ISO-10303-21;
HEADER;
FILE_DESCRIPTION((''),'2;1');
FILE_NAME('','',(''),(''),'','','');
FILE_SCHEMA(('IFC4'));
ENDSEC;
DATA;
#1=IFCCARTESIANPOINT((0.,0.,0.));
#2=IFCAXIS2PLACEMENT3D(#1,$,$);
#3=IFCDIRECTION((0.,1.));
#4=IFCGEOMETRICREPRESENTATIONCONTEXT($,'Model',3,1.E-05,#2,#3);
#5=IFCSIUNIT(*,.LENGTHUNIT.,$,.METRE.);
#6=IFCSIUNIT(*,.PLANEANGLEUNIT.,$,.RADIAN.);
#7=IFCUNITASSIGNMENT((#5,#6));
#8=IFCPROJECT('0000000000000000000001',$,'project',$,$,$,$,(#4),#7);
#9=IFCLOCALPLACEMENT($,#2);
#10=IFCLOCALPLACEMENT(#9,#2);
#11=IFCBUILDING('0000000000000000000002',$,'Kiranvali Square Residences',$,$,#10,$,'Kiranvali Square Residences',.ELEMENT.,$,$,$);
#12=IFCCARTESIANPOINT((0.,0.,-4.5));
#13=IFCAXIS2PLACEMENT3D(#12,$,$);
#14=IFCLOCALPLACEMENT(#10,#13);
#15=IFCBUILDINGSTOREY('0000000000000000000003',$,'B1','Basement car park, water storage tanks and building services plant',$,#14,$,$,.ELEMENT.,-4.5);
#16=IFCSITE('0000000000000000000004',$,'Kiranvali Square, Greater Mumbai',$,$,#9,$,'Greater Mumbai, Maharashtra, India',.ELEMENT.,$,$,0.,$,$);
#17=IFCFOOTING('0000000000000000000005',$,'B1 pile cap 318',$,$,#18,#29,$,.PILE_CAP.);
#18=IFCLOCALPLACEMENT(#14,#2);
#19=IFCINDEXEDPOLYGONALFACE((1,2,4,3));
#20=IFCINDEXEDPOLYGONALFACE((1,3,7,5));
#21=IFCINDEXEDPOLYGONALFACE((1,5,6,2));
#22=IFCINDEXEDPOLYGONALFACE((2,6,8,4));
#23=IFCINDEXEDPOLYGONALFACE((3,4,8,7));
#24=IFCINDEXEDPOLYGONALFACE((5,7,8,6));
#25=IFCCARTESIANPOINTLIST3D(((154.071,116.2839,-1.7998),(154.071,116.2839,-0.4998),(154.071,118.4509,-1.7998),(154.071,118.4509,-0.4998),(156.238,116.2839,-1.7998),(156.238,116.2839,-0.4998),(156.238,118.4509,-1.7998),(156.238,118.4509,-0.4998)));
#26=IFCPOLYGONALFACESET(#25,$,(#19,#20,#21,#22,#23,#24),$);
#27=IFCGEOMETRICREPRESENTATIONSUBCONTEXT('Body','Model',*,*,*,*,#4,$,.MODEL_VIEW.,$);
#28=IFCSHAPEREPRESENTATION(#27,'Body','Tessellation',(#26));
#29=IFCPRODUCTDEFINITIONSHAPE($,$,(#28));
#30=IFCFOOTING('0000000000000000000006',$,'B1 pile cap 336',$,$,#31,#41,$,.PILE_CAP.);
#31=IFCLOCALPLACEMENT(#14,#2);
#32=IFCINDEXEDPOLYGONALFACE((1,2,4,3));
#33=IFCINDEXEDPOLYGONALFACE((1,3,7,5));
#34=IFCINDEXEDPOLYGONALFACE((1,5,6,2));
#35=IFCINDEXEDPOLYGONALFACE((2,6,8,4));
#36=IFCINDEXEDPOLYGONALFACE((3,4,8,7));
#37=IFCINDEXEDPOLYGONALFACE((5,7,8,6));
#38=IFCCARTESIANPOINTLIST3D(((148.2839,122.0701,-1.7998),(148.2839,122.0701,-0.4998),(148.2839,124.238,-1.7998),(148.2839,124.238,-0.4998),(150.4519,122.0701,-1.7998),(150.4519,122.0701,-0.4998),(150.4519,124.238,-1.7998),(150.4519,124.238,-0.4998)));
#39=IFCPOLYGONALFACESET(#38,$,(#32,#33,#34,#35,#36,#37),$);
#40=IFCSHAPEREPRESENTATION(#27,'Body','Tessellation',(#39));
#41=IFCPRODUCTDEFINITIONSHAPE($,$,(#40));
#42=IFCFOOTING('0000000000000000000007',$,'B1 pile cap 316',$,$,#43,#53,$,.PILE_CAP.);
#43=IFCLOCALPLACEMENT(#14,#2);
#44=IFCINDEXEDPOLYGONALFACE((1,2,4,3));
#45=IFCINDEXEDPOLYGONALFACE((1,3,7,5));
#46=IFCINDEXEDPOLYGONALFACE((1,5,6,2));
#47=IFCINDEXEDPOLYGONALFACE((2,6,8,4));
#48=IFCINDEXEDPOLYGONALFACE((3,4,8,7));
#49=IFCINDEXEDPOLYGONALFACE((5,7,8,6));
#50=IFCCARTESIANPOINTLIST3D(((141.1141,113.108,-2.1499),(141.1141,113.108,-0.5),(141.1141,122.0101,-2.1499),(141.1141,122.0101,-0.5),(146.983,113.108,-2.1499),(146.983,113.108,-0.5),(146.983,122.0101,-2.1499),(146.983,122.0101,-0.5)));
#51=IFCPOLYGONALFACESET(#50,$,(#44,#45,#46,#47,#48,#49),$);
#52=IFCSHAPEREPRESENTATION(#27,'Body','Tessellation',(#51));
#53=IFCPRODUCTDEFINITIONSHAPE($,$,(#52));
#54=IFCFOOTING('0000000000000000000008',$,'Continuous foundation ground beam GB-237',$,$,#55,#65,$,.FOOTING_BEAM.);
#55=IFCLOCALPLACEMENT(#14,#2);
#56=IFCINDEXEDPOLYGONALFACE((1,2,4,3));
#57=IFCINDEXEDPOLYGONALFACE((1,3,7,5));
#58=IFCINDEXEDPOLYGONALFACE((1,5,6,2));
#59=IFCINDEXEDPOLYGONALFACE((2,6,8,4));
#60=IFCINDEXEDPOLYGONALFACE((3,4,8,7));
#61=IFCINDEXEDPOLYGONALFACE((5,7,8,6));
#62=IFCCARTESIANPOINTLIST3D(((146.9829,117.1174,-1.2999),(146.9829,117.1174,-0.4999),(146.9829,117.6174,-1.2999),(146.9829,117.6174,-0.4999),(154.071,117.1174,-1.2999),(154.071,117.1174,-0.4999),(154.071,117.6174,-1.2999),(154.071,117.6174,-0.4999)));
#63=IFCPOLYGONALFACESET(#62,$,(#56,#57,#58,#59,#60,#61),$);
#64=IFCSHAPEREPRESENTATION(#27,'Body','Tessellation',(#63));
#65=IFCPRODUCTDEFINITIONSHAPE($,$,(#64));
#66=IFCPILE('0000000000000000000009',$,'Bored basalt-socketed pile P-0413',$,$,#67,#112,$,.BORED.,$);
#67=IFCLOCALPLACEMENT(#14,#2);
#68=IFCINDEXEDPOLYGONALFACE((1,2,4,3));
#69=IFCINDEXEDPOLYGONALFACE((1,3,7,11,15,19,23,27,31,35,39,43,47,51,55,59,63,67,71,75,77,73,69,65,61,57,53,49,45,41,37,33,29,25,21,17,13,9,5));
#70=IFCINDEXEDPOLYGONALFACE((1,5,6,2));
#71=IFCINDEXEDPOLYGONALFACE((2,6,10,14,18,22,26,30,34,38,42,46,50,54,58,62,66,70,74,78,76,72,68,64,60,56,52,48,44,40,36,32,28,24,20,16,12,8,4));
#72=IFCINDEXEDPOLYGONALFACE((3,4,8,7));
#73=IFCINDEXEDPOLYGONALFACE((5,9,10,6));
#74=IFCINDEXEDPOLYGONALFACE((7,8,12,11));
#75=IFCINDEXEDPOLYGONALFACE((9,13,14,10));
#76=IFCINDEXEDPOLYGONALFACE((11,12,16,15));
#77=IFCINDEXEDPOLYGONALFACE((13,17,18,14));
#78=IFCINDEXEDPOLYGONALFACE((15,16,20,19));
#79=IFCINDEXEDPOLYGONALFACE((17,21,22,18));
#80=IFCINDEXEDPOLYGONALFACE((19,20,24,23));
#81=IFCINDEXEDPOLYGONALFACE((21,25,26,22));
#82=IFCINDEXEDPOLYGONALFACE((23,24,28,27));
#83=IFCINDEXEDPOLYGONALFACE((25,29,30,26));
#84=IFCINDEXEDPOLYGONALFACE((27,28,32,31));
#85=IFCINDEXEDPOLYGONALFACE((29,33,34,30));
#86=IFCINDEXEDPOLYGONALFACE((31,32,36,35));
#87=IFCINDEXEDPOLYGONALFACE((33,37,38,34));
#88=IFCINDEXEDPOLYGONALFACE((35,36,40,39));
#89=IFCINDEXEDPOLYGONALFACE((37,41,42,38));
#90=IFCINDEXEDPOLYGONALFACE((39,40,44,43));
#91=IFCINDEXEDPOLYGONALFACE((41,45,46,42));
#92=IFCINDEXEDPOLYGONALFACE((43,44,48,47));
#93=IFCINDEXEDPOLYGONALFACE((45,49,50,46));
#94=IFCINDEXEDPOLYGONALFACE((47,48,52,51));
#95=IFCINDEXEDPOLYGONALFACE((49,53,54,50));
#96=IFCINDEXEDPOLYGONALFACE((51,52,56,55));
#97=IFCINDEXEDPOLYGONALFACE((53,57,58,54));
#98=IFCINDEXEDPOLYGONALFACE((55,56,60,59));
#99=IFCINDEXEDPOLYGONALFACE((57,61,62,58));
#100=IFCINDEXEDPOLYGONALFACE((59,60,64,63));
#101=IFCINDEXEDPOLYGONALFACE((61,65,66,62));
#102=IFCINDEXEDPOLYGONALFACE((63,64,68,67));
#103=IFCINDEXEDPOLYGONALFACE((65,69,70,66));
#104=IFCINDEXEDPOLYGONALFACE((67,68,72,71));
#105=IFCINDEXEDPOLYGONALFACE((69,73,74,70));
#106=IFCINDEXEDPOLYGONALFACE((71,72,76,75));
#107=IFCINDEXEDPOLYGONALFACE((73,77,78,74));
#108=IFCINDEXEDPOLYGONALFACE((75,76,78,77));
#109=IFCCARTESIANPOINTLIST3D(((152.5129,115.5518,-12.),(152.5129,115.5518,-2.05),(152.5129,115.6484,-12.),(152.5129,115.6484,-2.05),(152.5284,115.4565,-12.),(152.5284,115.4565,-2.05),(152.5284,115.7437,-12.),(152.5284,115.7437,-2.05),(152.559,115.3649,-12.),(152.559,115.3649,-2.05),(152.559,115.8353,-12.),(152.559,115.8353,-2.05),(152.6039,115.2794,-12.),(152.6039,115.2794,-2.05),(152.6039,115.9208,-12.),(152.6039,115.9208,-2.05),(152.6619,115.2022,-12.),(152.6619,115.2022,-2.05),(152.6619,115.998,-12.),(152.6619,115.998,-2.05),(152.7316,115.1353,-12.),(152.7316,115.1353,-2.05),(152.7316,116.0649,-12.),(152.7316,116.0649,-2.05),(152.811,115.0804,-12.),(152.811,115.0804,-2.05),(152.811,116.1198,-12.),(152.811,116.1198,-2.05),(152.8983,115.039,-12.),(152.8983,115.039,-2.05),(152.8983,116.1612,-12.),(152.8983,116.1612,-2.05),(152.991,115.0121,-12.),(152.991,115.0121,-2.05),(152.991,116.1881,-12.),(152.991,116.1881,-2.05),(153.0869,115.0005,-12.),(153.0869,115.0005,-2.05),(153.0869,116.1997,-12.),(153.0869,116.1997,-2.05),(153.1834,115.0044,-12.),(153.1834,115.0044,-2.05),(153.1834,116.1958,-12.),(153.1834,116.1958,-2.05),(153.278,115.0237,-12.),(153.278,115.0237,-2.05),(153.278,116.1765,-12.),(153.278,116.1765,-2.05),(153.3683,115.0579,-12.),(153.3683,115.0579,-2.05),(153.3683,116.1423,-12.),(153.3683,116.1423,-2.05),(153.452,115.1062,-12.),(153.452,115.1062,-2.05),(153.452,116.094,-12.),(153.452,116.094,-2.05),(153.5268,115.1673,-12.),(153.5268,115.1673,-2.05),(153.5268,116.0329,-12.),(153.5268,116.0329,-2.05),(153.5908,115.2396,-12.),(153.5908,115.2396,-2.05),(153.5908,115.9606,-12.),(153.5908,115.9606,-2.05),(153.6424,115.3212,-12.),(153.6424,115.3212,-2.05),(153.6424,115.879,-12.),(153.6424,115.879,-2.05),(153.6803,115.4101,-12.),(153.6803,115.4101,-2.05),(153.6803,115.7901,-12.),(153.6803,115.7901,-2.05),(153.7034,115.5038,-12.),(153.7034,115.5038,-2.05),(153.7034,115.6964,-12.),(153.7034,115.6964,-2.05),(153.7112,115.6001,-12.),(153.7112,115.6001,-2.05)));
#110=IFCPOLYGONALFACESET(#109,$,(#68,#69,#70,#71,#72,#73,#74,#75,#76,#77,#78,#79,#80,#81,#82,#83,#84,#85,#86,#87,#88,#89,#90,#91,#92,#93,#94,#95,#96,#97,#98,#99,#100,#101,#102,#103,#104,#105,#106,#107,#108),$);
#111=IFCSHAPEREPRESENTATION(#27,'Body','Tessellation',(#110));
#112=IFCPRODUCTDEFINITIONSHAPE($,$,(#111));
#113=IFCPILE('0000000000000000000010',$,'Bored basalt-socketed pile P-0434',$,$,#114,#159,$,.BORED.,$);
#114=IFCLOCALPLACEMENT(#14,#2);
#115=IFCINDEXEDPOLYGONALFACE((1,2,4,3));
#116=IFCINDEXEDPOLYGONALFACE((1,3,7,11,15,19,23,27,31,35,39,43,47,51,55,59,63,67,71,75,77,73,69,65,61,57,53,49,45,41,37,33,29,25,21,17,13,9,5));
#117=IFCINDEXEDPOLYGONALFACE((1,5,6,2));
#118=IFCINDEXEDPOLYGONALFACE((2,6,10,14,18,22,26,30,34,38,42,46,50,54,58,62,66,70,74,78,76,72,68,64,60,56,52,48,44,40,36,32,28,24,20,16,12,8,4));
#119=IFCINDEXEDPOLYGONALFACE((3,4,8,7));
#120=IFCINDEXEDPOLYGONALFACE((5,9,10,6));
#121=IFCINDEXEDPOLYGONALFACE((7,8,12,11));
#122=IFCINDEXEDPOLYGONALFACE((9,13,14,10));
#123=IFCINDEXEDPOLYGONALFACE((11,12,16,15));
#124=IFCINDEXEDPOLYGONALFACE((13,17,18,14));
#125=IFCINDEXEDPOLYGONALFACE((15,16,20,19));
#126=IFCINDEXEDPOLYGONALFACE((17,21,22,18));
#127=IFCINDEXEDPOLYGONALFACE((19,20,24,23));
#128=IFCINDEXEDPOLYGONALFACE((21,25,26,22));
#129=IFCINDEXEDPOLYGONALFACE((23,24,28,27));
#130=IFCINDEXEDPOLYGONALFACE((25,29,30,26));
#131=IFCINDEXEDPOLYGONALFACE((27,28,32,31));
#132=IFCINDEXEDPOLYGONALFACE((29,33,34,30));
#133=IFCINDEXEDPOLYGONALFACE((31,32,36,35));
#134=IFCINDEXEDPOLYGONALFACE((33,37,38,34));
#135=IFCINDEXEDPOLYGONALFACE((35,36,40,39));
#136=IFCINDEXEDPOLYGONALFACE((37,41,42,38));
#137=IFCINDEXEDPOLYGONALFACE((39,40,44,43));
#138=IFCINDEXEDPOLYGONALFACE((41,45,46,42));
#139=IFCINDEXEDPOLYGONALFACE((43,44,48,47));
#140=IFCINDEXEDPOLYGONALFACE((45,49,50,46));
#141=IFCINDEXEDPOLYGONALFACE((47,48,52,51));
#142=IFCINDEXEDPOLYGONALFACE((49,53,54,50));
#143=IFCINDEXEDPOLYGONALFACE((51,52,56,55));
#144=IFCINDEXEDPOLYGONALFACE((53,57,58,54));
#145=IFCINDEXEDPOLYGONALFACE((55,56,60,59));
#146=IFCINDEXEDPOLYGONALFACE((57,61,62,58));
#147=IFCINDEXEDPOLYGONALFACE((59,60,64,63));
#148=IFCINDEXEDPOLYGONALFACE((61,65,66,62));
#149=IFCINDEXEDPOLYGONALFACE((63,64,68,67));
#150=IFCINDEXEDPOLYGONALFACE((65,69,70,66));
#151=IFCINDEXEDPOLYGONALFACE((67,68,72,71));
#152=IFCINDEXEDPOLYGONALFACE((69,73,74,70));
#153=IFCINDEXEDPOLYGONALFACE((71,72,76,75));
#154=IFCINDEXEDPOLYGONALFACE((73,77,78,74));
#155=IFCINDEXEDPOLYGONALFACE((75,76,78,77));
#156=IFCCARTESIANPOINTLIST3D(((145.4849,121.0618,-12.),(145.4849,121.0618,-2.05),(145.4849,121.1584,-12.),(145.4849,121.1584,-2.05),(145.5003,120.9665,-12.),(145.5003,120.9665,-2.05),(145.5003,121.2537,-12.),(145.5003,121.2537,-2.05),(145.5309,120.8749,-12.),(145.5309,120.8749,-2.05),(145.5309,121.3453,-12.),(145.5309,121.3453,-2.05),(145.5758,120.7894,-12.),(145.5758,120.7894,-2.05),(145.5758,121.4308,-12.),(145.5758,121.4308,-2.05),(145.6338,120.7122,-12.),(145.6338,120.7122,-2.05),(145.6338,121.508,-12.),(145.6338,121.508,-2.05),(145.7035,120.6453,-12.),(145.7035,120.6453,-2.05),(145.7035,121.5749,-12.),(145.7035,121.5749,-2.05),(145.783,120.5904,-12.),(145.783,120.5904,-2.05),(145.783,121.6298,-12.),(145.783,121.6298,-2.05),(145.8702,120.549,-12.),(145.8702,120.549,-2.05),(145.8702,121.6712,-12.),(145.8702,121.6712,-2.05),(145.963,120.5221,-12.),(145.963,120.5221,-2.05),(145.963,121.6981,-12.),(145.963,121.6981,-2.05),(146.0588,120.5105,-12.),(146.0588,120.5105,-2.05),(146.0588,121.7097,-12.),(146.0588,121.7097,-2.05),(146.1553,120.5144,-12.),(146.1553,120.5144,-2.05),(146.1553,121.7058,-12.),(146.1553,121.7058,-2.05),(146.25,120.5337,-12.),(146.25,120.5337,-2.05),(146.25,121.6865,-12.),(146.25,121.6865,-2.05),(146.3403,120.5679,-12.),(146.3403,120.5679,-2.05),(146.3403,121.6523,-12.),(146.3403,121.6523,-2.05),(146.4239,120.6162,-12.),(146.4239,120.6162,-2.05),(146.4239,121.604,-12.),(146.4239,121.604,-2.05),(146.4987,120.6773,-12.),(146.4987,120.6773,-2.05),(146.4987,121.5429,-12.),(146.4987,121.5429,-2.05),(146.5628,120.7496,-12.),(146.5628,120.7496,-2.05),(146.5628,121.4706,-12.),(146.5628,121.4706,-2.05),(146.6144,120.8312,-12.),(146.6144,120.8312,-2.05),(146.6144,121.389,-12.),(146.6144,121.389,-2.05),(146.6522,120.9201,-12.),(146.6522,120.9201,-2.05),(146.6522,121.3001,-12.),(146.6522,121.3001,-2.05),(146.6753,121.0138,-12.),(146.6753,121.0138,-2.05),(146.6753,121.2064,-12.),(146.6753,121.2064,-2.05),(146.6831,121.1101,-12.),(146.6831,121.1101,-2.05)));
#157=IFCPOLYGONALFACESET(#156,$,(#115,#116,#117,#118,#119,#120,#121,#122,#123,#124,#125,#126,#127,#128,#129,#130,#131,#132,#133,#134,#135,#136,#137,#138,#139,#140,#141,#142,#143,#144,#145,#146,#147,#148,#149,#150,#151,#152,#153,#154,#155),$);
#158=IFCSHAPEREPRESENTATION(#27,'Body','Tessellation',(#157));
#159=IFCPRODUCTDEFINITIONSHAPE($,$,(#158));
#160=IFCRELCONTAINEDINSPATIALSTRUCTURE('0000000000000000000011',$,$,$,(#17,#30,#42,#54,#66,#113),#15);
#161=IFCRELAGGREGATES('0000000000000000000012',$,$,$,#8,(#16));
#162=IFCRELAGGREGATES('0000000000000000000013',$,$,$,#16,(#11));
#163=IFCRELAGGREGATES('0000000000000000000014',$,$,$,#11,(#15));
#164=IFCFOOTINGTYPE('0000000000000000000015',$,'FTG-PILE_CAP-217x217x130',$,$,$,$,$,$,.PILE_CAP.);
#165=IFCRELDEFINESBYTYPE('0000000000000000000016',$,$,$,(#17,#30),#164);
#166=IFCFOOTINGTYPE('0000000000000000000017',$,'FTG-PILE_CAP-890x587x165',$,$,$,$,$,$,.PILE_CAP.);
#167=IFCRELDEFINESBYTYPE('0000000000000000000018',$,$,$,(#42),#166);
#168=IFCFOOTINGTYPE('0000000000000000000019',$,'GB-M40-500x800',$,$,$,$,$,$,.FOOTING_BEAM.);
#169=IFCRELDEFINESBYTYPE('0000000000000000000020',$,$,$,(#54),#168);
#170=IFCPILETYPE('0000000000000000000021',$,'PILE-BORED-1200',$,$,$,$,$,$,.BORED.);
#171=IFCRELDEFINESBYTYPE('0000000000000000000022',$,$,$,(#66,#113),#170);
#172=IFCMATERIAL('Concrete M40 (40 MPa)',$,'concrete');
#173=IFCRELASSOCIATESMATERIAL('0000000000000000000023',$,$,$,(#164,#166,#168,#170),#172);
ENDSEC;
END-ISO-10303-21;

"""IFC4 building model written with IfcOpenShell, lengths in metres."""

from ifc_helpers import new_model, si_unit, direction, frame, origin, origin_2d, place, context, subcontext, project, spatial, rectangle, circle, extrude, material, material_profile, profile_set, type_object, element, save


model = new_model("IFC4")

# Units and contexts
model_context = context("Model", 3, precision=1e-05, world=origin(), true_north=direction((0.0, 1.0)))
body_context = subcontext(model_context, "Body", "Model", "MODEL_VIEW")
ifc_project = project(units=[si_unit("LENGTHUNIT", "METRE"), si_unit("PLANEANGLEUNIT", "RADIAN")], contexts=[model_context])

# Site, building, storey
site_placement = place(None, origin())
site = spatial("IfcSite", under=ifc_project, at=site_placement, Name="Kiranvali Square, Greater Mumbai", LongName="Greater Mumbai, Maharashtra, India", CompositionType="ELEMENT", RefElevation=0.0)
building_placement = place(site_placement, origin())
building = spatial("IfcBuilding", under=site, at=building_placement, Name="Kiranvali Square Residences", LongName="Kiranvali Square Residences", CompositionType="ELEMENT")
storey_placement = place(building_placement, frame((0.0, 0.0, -4.5)))
storey = spatial("IfcBuildingStorey", under=building, at=storey_placement, Name="B1", Description="Basement car park, water storage tanks and building services plant", CompositionType="ELEMENT", Elevation=-4.5)

# Footings
ifc_material_1 = material(Name="Concrete M40 (40 MPa)", Category="concrete")
footing_type_1 = type_object("IfcFootingType", Name="FTG-PILE_CAP-217x217x130", PredefinedType="PILE_CAP", material=ifc_material_1)
footing_1_placement = place(storey_placement, frame((155.1545, 117.3674, -1.7998), z_axis=(0.0, 0.0, 1.0), x_axis=(1.0, 0.0, 0.0)))
element("IfcFooting", 1, at=footing_1_placement, inside=storey, type_object=footing_type_1, Name="B1 pile cap 318", PredefinedType="PILE_CAP", context=body_context, shape_type="SweptSolid", body=[
    extrude(rectangle(XDim=2.167, YDim=2.167, at=origin_2d()), origin(), (0.0, 0.0, 1.0), 1.3),
])
footing_2_placement = place(storey_placement, frame((149.3679, 123.1541, -1.7998), z_axis=(0.0, 0.0, 1.0), x_axis=(1.0, 0.0, 0.0)))
element("IfcFooting", 2, at=footing_2_placement, inside=storey, type_object=footing_type_1, Name="B1 pile cap 336", PredefinedType="PILE_CAP", context=body_context, shape_type="SweptSolid", body=[
    extrude(rectangle(XDim=2.168, YDim=2.168, at=origin_2d()), origin(), (0.0, 0.0, 1.0), 1.3),
])
footing_type_2 = type_object("IfcFootingType", Name="FTG-PILE_CAP-890x587x165", PredefinedType="PILE_CAP", material=ifc_material_1)
footing_3_placement = place(storey_placement, frame((144.0486, 117.5591, -2.1499), z_axis=(0.0, 0.0, 1.0), x_axis=(0.0, 1.0, 0.0)))
element("IfcFooting", 3, at=footing_3_placement, inside=storey, type_object=footing_type_2, Name="B1 pile cap 316", PredefinedType="PILE_CAP", context=body_context, shape_type="SweptSolid", body=[
    extrude(rectangle(XDim=8.9021, YDim=5.8689, at=origin_2d()), origin(), (0.0, 0.0, 1.0), 1.6499),
])
ifc_material_profile_1 = material_profile(ifc_material_1, rectangle(XDim=0.5, YDim=0.8, at=origin_2d()), Name="GB 500x800")
ifc_profile_set_1 = profile_set([ifc_material_profile_1], Name="Concrete M40 (40 MPa)")
footing_type_3 = type_object("IfcFootingType", Name="GB-M40-500x800", PredefinedType="FOOTING_BEAM", material=ifc_profile_set_1)
footing_4_placement = place(storey_placement, frame((146.9829, 117.3674, -0.8999), z_axis=(1.0, 0.0, 0.0), x_axis=(0.0, 1.0, 0.0)))
element("IfcFooting", 4, at=footing_4_placement, inside=storey, type_object=footing_type_3, Name="Continuous foundation ground beam GB-237", PredefinedType="FOOTING_BEAM", context=body_context, shape_type="SweptSolid", body=[
    extrude(rectangle(XDim=0.5, YDim=0.8, at=origin_2d()), origin(), (0.0, 0.0, 1.0), 7.0881),
])

# Piles
ifc_material_profile_2 = material_profile(ifc_material_1, circle(Radius=0.6001, at=origin_2d()), Name="BORED PILE 1200")
ifc_profile_set_2 = profile_set([ifc_material_profile_2], Name="Concrete M40 (40 MPa)")
pile_type_1 = type_object("IfcPileType", Name="PILE-BORED-1200", PredefinedType="BORED", material=ifc_profile_set_2)
for number, where, z_axis, x_axis, name in (
    (5, (153.1111, 115.6001, -2.05), (0.0, 0.0, -1.0), (1.0, 0.0, 0.0), "Bored basalt-socketed pile P-0413"),
    (6, (146.083, 121.1101, -2.05), (0.0, 0.0, -1.0), (1.0, 0.0, 0.0), "Bored basalt-socketed pile P-0434"),
):
    element("IfcPile", number, at=place(storey_placement, frame(where, z_axis=z_axis, x_axis=x_axis)), inside=storey, type_object=pile_type_1, Name=name, PredefinedType="BORED", context=body_context, shape_type="SweptSolid", body=[
        extrude(circle(Radius=0.6001, at=origin_2d()), origin(), (0.0, 0.0, 1.0), 9.95),
    ])

save(model, "model.ifc")
